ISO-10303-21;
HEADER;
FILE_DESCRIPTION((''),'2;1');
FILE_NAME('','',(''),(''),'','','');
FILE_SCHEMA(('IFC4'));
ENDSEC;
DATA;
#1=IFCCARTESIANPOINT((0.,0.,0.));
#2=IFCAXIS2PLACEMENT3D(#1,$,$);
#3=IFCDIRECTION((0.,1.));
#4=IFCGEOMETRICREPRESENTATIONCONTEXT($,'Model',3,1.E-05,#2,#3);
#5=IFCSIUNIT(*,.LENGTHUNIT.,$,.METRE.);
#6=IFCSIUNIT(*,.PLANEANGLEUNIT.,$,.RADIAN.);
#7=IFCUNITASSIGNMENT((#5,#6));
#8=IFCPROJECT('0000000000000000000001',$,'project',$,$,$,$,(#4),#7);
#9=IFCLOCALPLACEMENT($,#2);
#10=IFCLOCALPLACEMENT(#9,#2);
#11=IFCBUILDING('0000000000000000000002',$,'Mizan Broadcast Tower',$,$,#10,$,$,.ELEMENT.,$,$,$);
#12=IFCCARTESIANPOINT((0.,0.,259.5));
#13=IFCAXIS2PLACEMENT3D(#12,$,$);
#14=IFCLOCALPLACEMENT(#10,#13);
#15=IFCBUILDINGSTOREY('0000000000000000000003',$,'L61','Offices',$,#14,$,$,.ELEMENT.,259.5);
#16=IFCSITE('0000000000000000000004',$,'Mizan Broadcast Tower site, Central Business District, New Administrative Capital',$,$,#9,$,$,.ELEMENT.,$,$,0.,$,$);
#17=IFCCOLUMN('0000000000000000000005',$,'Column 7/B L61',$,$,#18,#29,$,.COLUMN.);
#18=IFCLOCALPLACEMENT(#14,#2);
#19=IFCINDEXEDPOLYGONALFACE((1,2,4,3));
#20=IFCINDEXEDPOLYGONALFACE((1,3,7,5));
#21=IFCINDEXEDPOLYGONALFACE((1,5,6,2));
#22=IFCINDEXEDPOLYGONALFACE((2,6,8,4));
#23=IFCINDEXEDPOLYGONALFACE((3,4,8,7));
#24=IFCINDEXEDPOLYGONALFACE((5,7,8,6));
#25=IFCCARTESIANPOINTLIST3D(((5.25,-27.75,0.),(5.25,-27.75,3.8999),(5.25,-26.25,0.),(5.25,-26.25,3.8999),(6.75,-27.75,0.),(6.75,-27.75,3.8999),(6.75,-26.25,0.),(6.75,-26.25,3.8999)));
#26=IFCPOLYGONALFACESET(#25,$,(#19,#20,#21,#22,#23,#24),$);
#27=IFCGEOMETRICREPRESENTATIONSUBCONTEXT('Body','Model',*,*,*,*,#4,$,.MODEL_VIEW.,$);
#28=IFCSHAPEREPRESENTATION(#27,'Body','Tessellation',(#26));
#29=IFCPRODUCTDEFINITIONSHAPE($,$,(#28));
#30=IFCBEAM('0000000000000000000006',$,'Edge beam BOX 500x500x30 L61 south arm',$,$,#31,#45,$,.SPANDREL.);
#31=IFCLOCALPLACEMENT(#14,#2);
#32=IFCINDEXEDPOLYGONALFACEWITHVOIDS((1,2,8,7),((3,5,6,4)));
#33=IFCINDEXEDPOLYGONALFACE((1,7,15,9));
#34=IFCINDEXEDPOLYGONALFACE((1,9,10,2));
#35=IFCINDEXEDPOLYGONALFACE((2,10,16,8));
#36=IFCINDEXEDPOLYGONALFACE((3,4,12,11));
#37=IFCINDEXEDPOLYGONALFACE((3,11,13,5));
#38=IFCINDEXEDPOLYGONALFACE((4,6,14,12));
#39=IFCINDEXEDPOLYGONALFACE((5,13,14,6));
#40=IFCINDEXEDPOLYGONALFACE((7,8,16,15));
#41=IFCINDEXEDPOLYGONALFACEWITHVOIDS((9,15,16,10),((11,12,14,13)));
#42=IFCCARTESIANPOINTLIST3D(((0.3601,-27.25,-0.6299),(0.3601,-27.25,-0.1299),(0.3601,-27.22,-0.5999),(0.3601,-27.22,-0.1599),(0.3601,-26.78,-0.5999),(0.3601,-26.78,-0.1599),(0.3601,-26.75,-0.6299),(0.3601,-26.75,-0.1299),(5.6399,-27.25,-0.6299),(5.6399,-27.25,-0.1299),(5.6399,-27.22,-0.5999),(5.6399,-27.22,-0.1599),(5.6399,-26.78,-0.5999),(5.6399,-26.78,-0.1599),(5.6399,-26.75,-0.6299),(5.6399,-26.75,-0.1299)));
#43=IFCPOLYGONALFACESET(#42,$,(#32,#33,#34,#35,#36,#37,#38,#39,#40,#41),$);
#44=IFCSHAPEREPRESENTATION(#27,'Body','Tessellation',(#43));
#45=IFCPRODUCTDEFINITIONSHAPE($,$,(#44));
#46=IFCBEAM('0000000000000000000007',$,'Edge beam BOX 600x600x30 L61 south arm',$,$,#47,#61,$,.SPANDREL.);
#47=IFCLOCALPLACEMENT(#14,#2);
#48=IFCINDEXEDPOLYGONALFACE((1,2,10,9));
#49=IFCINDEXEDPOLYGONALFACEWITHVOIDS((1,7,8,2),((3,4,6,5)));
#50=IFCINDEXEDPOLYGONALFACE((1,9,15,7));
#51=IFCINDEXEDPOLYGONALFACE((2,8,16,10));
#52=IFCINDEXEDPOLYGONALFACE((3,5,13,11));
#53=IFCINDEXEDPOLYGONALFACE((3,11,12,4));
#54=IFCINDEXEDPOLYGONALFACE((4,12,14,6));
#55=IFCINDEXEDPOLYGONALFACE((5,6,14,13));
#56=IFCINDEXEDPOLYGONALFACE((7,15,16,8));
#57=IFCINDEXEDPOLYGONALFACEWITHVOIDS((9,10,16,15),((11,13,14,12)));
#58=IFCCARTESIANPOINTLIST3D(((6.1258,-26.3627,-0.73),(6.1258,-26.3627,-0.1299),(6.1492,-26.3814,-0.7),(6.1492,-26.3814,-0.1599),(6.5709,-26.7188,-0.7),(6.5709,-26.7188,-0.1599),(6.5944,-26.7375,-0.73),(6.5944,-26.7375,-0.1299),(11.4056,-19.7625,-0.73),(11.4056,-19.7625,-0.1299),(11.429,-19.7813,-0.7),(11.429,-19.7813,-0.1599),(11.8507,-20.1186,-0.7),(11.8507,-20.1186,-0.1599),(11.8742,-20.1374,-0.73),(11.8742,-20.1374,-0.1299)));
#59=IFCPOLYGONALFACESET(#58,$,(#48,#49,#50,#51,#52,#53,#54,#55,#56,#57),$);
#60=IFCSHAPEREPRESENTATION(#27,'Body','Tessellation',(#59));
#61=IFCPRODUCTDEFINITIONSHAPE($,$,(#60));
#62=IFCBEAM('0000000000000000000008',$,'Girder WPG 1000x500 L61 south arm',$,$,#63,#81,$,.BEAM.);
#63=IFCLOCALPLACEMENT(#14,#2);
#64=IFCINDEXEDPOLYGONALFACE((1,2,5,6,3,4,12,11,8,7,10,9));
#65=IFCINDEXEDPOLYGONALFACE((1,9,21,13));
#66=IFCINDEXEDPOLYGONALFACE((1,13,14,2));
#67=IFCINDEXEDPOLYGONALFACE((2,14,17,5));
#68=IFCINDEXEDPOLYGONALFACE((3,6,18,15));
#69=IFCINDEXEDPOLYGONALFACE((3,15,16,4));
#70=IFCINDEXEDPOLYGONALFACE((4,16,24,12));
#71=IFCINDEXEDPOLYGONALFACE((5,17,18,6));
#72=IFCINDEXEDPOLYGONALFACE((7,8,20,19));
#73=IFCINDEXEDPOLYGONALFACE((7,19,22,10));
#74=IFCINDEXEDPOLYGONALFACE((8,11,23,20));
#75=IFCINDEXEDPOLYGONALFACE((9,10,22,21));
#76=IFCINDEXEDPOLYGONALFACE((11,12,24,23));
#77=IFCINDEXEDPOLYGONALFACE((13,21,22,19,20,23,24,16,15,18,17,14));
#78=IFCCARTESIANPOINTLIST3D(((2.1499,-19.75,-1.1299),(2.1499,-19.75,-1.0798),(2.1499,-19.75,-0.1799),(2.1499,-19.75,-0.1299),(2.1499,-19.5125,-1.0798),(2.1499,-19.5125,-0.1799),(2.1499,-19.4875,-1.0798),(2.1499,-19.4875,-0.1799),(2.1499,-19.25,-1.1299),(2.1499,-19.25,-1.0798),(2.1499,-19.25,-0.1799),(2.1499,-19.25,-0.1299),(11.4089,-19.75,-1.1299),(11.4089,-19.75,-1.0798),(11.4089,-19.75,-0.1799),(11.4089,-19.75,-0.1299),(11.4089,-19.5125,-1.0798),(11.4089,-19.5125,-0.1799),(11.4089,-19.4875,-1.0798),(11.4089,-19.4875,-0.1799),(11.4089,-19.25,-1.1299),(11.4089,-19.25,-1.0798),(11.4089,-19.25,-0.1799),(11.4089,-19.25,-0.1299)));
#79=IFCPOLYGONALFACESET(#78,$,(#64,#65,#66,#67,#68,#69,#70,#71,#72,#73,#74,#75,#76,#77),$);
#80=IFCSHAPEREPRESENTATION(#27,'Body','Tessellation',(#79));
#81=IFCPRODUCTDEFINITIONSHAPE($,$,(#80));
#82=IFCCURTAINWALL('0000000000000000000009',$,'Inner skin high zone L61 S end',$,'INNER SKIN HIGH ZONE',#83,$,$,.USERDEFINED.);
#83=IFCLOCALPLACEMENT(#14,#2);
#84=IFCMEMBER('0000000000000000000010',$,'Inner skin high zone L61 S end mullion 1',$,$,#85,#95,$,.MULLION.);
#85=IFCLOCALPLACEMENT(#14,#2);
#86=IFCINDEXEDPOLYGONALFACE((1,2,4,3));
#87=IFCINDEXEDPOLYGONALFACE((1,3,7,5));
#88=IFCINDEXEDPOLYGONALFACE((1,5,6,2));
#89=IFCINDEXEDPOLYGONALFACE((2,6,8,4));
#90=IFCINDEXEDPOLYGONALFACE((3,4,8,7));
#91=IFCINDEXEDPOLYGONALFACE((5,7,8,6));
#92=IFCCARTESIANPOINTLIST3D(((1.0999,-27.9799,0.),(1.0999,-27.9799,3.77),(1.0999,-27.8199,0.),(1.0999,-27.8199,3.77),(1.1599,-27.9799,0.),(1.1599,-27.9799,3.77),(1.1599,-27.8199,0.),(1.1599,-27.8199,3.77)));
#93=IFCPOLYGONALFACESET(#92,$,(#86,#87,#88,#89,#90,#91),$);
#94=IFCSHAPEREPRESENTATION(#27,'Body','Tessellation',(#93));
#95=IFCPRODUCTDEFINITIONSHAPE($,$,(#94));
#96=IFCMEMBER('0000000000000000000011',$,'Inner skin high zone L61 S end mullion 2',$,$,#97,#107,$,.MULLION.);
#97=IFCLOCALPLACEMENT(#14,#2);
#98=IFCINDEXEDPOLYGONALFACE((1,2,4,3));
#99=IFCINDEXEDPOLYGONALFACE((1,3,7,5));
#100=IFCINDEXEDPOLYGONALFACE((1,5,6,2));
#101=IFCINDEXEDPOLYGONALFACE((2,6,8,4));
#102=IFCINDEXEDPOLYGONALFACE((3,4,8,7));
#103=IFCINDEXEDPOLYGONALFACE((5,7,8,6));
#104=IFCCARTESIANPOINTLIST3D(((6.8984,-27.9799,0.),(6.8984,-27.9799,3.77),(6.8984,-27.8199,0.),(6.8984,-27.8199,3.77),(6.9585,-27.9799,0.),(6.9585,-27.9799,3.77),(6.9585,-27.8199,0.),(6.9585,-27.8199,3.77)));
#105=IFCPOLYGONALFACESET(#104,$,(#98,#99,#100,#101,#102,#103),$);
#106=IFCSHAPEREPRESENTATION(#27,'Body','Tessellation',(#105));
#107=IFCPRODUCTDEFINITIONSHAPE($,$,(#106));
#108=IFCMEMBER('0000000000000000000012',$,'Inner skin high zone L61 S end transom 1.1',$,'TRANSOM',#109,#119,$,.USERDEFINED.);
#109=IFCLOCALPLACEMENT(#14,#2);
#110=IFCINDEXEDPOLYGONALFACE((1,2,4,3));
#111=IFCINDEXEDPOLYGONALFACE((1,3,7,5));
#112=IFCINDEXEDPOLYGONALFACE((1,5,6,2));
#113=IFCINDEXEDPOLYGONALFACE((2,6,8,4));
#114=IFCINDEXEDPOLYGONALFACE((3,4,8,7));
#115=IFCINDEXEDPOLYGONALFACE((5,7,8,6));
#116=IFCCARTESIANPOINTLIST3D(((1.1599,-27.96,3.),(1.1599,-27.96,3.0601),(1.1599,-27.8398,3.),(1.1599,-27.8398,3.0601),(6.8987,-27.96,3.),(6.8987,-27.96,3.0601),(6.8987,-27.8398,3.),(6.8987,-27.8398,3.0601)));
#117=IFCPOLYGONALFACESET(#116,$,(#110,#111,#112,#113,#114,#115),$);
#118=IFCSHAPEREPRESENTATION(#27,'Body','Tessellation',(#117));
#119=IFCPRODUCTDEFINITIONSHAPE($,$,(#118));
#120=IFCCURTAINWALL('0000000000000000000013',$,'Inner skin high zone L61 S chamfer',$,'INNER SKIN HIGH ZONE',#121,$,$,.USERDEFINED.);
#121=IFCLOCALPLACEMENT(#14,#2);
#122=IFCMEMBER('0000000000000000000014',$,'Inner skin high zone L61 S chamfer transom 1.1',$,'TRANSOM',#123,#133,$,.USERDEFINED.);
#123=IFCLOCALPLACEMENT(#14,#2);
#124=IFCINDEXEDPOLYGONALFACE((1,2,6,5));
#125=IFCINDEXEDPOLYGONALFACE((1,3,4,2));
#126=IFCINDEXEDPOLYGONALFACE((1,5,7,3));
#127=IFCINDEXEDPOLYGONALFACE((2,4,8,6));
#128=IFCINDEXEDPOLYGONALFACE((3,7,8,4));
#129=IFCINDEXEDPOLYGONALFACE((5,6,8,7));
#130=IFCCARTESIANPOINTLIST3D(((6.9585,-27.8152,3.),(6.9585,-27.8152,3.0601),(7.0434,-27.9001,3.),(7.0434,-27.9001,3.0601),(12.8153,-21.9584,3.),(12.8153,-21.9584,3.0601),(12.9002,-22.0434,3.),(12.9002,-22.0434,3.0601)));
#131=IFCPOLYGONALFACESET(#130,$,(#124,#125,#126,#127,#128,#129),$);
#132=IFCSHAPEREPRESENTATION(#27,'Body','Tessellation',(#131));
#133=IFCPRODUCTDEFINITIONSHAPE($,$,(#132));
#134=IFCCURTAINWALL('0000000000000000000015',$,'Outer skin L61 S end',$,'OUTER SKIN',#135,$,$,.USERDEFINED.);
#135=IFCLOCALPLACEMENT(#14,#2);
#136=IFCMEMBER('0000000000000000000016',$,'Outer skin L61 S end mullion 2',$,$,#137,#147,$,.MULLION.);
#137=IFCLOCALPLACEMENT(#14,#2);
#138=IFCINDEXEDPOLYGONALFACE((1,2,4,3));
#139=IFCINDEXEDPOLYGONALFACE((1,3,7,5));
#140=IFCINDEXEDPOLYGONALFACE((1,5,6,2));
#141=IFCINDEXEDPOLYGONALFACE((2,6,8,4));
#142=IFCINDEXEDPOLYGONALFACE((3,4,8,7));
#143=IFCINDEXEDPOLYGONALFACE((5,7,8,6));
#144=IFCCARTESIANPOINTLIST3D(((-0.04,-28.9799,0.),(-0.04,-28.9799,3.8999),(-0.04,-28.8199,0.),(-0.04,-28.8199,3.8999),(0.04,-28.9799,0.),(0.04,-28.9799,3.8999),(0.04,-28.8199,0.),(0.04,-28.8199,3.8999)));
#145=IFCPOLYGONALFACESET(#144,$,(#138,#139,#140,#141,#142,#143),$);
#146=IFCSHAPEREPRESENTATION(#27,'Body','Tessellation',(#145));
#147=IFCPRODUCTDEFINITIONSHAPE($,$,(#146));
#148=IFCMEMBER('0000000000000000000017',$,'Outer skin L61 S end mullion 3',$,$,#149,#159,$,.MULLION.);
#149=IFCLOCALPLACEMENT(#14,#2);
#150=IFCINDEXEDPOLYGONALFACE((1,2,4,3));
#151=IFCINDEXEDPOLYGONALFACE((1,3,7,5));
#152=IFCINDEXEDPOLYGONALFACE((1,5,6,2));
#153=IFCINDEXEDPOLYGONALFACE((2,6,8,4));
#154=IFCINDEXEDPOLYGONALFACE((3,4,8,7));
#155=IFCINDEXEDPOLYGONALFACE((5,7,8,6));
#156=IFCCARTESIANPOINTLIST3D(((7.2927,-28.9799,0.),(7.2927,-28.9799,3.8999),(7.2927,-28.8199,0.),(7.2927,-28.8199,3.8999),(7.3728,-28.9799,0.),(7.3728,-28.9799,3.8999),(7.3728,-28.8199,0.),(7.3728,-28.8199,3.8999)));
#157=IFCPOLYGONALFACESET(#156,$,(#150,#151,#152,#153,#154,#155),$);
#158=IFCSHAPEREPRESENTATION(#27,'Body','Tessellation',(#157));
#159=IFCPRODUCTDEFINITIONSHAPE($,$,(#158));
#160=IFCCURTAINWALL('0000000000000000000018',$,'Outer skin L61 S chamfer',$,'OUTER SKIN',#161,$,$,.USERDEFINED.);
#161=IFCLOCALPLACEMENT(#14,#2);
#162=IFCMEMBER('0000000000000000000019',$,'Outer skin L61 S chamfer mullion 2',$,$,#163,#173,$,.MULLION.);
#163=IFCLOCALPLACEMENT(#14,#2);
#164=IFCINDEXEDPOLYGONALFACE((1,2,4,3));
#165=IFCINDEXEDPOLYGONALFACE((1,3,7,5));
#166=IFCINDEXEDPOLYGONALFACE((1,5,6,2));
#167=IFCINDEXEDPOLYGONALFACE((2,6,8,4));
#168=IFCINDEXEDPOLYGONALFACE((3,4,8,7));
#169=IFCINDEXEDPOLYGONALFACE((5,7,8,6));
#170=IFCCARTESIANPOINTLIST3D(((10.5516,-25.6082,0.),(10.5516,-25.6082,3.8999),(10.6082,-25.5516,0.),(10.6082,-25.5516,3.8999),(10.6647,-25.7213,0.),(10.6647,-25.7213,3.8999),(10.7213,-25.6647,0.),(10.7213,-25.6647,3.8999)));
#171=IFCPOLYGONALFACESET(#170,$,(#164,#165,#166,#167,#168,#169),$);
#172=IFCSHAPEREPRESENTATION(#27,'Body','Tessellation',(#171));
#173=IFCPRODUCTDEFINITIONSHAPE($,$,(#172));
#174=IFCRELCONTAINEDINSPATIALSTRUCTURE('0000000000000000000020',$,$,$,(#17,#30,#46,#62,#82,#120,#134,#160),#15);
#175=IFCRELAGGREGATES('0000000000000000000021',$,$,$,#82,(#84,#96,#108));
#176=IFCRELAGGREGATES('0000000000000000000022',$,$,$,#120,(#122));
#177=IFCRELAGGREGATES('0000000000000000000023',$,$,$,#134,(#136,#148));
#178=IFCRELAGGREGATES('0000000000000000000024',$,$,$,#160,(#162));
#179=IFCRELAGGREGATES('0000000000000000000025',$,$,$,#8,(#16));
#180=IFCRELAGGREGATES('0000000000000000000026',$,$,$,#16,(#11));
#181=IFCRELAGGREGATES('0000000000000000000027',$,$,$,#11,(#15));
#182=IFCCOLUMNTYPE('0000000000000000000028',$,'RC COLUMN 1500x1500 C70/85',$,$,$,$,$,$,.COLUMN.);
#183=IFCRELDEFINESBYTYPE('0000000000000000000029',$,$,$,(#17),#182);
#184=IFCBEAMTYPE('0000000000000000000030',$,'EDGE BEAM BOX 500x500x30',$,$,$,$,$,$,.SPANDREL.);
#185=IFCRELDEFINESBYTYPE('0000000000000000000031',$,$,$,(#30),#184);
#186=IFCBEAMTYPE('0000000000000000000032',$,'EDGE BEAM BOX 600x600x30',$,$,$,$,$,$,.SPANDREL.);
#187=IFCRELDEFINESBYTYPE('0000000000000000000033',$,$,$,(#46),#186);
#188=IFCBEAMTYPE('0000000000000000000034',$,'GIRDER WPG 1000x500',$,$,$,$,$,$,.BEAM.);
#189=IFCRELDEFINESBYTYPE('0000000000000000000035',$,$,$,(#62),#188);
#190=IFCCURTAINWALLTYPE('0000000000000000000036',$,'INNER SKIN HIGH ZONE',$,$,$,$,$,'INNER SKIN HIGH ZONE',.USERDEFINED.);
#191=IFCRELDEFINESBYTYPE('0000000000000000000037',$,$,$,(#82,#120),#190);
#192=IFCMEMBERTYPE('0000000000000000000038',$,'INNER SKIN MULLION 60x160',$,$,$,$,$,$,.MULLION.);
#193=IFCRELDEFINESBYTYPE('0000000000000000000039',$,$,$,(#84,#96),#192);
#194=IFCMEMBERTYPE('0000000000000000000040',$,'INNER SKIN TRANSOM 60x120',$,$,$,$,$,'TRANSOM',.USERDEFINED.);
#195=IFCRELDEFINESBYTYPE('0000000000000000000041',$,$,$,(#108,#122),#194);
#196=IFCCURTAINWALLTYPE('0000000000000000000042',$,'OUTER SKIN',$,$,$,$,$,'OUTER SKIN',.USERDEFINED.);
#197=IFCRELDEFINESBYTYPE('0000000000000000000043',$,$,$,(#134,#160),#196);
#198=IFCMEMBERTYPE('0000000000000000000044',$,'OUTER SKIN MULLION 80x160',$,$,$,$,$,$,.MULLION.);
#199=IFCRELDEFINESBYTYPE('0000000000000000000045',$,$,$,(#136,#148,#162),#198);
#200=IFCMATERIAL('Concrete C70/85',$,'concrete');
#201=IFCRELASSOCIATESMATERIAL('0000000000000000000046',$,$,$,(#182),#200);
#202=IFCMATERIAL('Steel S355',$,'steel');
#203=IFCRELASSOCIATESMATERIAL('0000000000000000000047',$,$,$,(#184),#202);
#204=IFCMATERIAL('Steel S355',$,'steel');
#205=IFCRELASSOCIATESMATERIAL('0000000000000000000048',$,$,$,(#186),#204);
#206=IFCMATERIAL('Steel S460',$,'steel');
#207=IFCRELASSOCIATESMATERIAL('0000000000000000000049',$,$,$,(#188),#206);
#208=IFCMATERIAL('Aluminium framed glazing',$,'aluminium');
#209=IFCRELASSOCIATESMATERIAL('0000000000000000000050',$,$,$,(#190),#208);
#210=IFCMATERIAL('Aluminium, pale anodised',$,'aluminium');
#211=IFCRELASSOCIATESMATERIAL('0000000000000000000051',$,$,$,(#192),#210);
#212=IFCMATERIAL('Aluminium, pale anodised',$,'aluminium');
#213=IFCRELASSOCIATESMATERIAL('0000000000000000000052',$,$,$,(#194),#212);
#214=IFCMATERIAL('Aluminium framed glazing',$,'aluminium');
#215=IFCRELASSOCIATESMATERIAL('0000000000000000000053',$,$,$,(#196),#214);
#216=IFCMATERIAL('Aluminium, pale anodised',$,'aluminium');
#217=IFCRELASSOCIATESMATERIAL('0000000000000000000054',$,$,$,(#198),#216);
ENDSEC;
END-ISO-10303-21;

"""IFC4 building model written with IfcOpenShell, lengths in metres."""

from ifc_helpers import new_model, si_unit, direction, frame, origin, origin_2d, place, context, subcontext, project, spatial, rectangle, hollow_rectangle, i_section, extrude, material, material_profile, profile_set, type_object, element, aggregate, save


model = new_model("IFC4")

# Units and contexts
model_context = context("Model", 3, precision=1e-05, world=origin(), true_north=direction((0.0, 1.0)))
body_context = subcontext(model_context, "Body", "Model", "MODEL_VIEW")
ifc_project = project(units=[si_unit("LENGTHUNIT", "METRE"), si_unit("PLANEANGLEUNIT", "RADIAN")], contexts=[model_context])

# Site, building, storey
site_placement = place(None, origin())
site = spatial("IfcSite", under=ifc_project, at=site_placement, Name="Mizan Broadcast Tower site, Central Business District, New Administrative Capital", CompositionType="ELEMENT", RefElevation=0.0)
building_placement = place(site_placement, origin())
building = spatial("IfcBuilding", under=site, at=building_placement, Name="Mizan Broadcast Tower", CompositionType="ELEMENT")
storey_placement = place(building_placement, frame((0.0, 0.0, 259.5)))
storey = spatial("IfcBuildingStorey", under=building, at=storey_placement, Name="L61", Description="Offices", CompositionType="ELEMENT", Elevation=259.5)

# Column
ifc_material_1 = material(Name="Concrete C70/85", Category="concrete")
ifc_material_profile_1 = material_profile(ifc_material_1, rectangle(XDim=1.5, YDim=1.5, at=origin_2d()), Name="RC 1500x1500")
ifc_profile_set_1 = profile_set([ifc_material_profile_1], Name="Concrete C70/85")
column_type = type_object("IfcColumnType", Name="RC COLUMN 1500x1500 C70/85", PredefinedType="COLUMN", material=ifc_profile_set_1)
column_placement = place(storey_placement, frame((6.0, -27.0, 0.0), z_axis=(0.0, 0.0, 1.0), x_axis=(1.0, 0.0, 0.0)))
element("IfcColumn", 1, at=column_placement, inside=storey, type_object=column_type, Name="Column 7/B L61", PredefinedType="COLUMN", context=body_context, shape_type="SweptSolid", body=[
    extrude(rectangle(XDim=1.5, YDim=1.5, at=origin_2d()), origin(), (0.0, 0.0, 1.0), 3.8999),
])

# Beams
ifc_material_2 = material(Name="Steel S355", Category="steel")
ifc_material_profile_2 = material_profile(ifc_material_2, hollow_rectangle(XDim=0.5, YDim=0.5, WallThickness=0.03, at=origin_2d()), Name="BOX 500x500x30")
ifc_profile_set_2 = profile_set([ifc_material_profile_2], Name="Steel S355")
beam_type_1 = type_object("IfcBeamType", Name="EDGE BEAM BOX 500x500x30", PredefinedType="SPANDREL", material=ifc_profile_set_2)
beam_1_placement = place(storey_placement, frame((5.6399, -27.0, -0.3799), z_axis=(-1.0, 0.0, 0.0), x_axis=(0.0, -1.0, 0.0)))
element("IfcBeam", 2, at=beam_1_placement, inside=storey, type_object=beam_type_1, Name="Edge beam BOX 500x500x30 L61 south arm", PredefinedType="SPANDREL", context=body_context, shape_type="SweptSolid", body=[
    extrude(hollow_rectangle(XDim=0.5, YDim=0.5, WallThickness=0.03, at=origin_2d()), origin(), (0.0, 0.0, 1.0), 5.2798),
])
ifc_material_3 = material(Name="Steel S355", Category="steel")
ifc_material_profile_3 = material_profile(ifc_material_3, hollow_rectangle(XDim=0.6001, YDim=0.6001, WallThickness=0.03, at=origin_2d()), Name="BOX 600x600x30")
ifc_profile_set_3 = profile_set([ifc_material_profile_3], Name="Steel S355")
beam_type_2 = type_object("IfcBeamType", Name="EDGE BEAM BOX 600x600x30", PredefinedType="SPANDREL", material=ifc_profile_set_3)
beam_2_placement = place(storey_placement, frame((11.6399, -19.95, -0.4299), z_axis=(-0.624674, -0.780886, 0.0), x_axis=(0.780886, -0.624674, 0.0)))
element("IfcBeam", 3, at=beam_2_placement, inside=storey, type_object=beam_type_2, Name="Edge beam BOX 600x600x30 L61 south arm", PredefinedType="SPANDREL", context=body_context, shape_type="SweptSolid", body=[
    extrude(hollow_rectangle(XDim=0.6001, YDim=0.6001, WallThickness=0.03, at=origin_2d()), origin(), (0.0, 0.0, 1.0), 8.4521),
])
ifc_material_4 = material(Name="Steel S460", Category="steel")
ifc_material_profile_4 = material_profile(ifc_material_4, i_section(OverallWidth=0.5, OverallDepth=1.0, WebThickness=0.0249, FlangeThickness=0.05, at=origin_2d()), Name="WPG 1000x500")
ifc_profile_set_4 = profile_set([ifc_material_profile_4], Name="Steel S460")
beam_type_3 = type_object("IfcBeamType", Name="GIRDER WPG 1000x500", PredefinedType="BEAM", material=ifc_profile_set_4)
beam_3_placement = place(storey_placement, frame((11.4089, -19.5, -0.6299), z_axis=(-1.0, 0.0, 0.0), x_axis=(0.0, -1.0, 0.0)))
element("IfcBeam", 4, at=beam_3_placement, inside=storey, type_object=beam_type_3, Name="Girder WPG 1000x500 L61 south arm", PredefinedType="BEAM", context=body_context, shape_type="SweptSolid", body=[
    extrude(i_section(OverallWidth=0.5, OverallDepth=1.0, WebThickness=0.0249, FlangeThickness=0.05, at=origin_2d()), origin(), (0.0, 0.0, 1.0), 9.259),
])

# Curtain wall, members
ifc_material_5 = material(Name="Aluminium framed glazing", Category="aluminium")
curtain_wall_type_1 = type_object("IfcCurtainWallType", Name="INNER SKIN HIGH ZONE", ElementType="INNER SKIN HIGH ZONE", PredefinedType="USERDEFINED", material=ifc_material_5)
curtain_wall_1_placement = place(storey_placement, origin())
curtain_wall_1 = element("IfcCurtainWall", 5, at=curtain_wall_1_placement, inside=storey, type_object=curtain_wall_type_1, Name="Inner skin high zone L61 S end", ObjectType="INNER SKIN HIGH ZONE", PredefinedType="USERDEFINED")
ifc_material_6 = material(Name="Aluminium, pale anodised", Category="aluminium")
ifc_material_profile_5 = material_profile(ifc_material_6, rectangle(XDim=0.1599, YDim=0.0601, at=origin_2d()), Name="MULLION 160x60")
ifc_profile_set_5 = profile_set([ifc_material_profile_5], Name="Aluminium, pale anodised")
member_type_1 = type_object("IfcMemberType", Name="INNER SKIN MULLION 60x160", PredefinedType="MULLION", material=ifc_profile_set_5)
member_1_placement = place(storey_placement, frame((1.1299, -27.8999, 0.0), z_axis=(0.0, 0.0, 1.0), x_axis=(0.0, 1.0, 0.0)))
member_1 = element("IfcMember", 6, at=member_1_placement, type_object=member_type_1, Name="Inner skin high zone L61 S end mullion 1", PredefinedType="MULLION", context=body_context, shape_type="SweptSolid", body=[
    extrude(rectangle(XDim=0.1599, YDim=0.0601, at=origin_2d()), origin(), (0.0, 0.0, 1.0), 3.77),
])
member_2_placement = place(storey_placement, frame((6.9285, -27.8999, 0.0), z_axis=(0.0, 0.0, 1.0), x_axis=(0.0, 1.0, 0.0)))
member_2 = element("IfcMember", 7, at=member_2_placement, type_object=member_type_1, Name="Inner skin high zone L61 S end mullion 2", PredefinedType="MULLION", context=body_context, shape_type="SweptSolid", body=[
    extrude(rectangle(XDim=0.1599, YDim=0.0601, at=origin_2d()), origin(), (0.0, 0.0, 1.0), 3.77),
])
ifc_material_7 = material(Name="Aluminium, pale anodised", Category="aluminium")
ifc_material_profile_6 = material_profile(ifc_material_7, rectangle(XDim=0.1201, YDim=0.0601, at=origin_2d()), Name="TRANSOM 120x60")
ifc_profile_set_6 = profile_set([ifc_material_profile_6], Name="Aluminium, pale anodised")
member_type_2 = type_object("IfcMemberType", Name="INNER SKIN TRANSOM 60x120", ElementType="TRANSOM", PredefinedType="USERDEFINED", material=ifc_profile_set_6)
member_3_placement = place(storey_placement, frame((1.1599, -27.8999, 3.03), z_axis=(1.0, 0.0, 0.0), x_axis=(0.0, 1.0, 0.0)))
member_3 = element("IfcMember", 8, at=member_3_placement, type_object=member_type_2, Name="Inner skin high zone L61 S end transom 1.1", ObjectType="TRANSOM", PredefinedType="USERDEFINED", context=body_context, shape_type="SweptSolid", body=[
    extrude(rectangle(XDim=0.1201, YDim=0.0601, at=origin_2d()), origin(), (0.0, 0.0, 1.0), 5.7388),
])

# Curtain wall, member
curtain_wall_2_placement = place(storey_placement, origin())
curtain_wall_2 = element("IfcCurtainWall", 9, at=curtain_wall_2_placement, inside=storey, type_object=curtain_wall_type_1, Name="Inner skin high zone L61 S chamfer", ObjectType="INNER SKIN HIGH ZONE", PredefinedType="USERDEFINED")
member_4_placement = place(storey_placement, frame((7.001, -27.8577, 3.03), z_axis=(0.707107, 0.707107, 0.0), x_axis=(-0.707107, 0.707107, 0.0)))
member_4 = element("IfcMember", 10, at=member_4_placement, type_object=member_type_2, Name="Inner skin high zone L61 S chamfer transom 1.1", ObjectType="TRANSOM", PredefinedType="USERDEFINED", context=body_context, shape_type="SweptSolid", body=[
    extrude(rectangle(XDim=0.1201, YDim=0.0601, at=origin_2d()), origin(), (0.0, 0.0, 1.0), 8.2827),
])

# Curtain wall, members
ifc_material_8 = material(Name="Aluminium framed glazing", Category="aluminium")
curtain_wall_type_2 = type_object("IfcCurtainWallType", Name="OUTER SKIN", ElementType="OUTER SKIN", PredefinedType="USERDEFINED", material=ifc_material_8)
curtain_wall_3_placement = place(storey_placement, origin())
curtain_wall_3 = element("IfcCurtainWall", 11, at=curtain_wall_3_placement, inside=storey, type_object=curtain_wall_type_2, Name="Outer skin L61 S end", ObjectType="OUTER SKIN", PredefinedType="USERDEFINED")
ifc_material_9 = material(Name="Aluminium, pale anodised", Category="aluminium")
ifc_material_profile_7 = material_profile(ifc_material_9, rectangle(XDim=0.1599, YDim=0.0801, at=origin_2d()), Name="MULLION 160x80")
ifc_profile_set_7 = profile_set([ifc_material_profile_7], Name="Aluminium, pale anodised")
member_type_3 = type_object("IfcMemberType", Name="OUTER SKIN MULLION 80x160", PredefinedType="MULLION", material=ifc_profile_set_7)
member_5_placement = place(storey_placement, frame((0.0, -28.8999, 0.0), z_axis=(0.0, 0.0, 1.0), x_axis=(0.0, 1.0, 0.0)))
member_5 = element("IfcMember", 12, at=member_5_placement, type_object=member_type_3, Name="Outer skin L61 S end mullion 2", PredefinedType="MULLION", context=body_context, shape_type="SweptSolid", body=[
    extrude(rectangle(XDim=0.1599, YDim=0.0801, at=origin_2d()), origin(), (0.0, 0.0, 1.0), 3.8999),
])
member_6_placement = place(storey_placement, frame((7.3328, -28.8999, 0.0), z_axis=(0.0, 0.0, 1.0), x_axis=(0.0, 1.0, 0.0)))
member_6 = element("IfcMember", 13, at=member_6_placement, type_object=member_type_3, Name="Outer skin L61 S end mullion 3", PredefinedType="MULLION", context=body_context, shape_type="SweptSolid", body=[
    extrude(rectangle(XDim=0.1599, YDim=0.0801, at=origin_2d()), origin(), (0.0, 0.0, 1.0), 3.8999),
])

# Curtain wall, member
curtain_wall_4_placement = place(storey_placement, origin())
curtain_wall_4 = element("IfcCurtainWall", 14, at=curtain_wall_4_placement, inside=storey, type_object=curtain_wall_type_2, Name="Outer skin L61 S chamfer", ObjectType="OUTER SKIN", PredefinedType="USERDEFINED")
member_7_placement = place(storey_placement, frame((10.6365, -25.6365, 0.0), z_axis=(0.0, 0.0, 1.0), x_axis=(-0.707107, 0.707107, 0.0)))
member_7 = element("IfcMember", 15, at=member_7_placement, type_object=member_type_3, Name="Outer skin L61 S chamfer mullion 2", PredefinedType="MULLION", context=body_context, shape_type="SweptSolid", body=[
    extrude(rectangle(XDim=0.1599, YDim=0.0801, at=origin_2d()), origin(), (0.0, 0.0, 1.0), 3.8999),
])

aggregate(curtain_wall_1, [member_1, member_2, member_3])
aggregate(curtain_wall_2, [member_4])
aggregate(curtain_wall_3, [member_5, member_6])
aggregate(curtain_wall_4, [member_7])

save(model, "model.ifc")
